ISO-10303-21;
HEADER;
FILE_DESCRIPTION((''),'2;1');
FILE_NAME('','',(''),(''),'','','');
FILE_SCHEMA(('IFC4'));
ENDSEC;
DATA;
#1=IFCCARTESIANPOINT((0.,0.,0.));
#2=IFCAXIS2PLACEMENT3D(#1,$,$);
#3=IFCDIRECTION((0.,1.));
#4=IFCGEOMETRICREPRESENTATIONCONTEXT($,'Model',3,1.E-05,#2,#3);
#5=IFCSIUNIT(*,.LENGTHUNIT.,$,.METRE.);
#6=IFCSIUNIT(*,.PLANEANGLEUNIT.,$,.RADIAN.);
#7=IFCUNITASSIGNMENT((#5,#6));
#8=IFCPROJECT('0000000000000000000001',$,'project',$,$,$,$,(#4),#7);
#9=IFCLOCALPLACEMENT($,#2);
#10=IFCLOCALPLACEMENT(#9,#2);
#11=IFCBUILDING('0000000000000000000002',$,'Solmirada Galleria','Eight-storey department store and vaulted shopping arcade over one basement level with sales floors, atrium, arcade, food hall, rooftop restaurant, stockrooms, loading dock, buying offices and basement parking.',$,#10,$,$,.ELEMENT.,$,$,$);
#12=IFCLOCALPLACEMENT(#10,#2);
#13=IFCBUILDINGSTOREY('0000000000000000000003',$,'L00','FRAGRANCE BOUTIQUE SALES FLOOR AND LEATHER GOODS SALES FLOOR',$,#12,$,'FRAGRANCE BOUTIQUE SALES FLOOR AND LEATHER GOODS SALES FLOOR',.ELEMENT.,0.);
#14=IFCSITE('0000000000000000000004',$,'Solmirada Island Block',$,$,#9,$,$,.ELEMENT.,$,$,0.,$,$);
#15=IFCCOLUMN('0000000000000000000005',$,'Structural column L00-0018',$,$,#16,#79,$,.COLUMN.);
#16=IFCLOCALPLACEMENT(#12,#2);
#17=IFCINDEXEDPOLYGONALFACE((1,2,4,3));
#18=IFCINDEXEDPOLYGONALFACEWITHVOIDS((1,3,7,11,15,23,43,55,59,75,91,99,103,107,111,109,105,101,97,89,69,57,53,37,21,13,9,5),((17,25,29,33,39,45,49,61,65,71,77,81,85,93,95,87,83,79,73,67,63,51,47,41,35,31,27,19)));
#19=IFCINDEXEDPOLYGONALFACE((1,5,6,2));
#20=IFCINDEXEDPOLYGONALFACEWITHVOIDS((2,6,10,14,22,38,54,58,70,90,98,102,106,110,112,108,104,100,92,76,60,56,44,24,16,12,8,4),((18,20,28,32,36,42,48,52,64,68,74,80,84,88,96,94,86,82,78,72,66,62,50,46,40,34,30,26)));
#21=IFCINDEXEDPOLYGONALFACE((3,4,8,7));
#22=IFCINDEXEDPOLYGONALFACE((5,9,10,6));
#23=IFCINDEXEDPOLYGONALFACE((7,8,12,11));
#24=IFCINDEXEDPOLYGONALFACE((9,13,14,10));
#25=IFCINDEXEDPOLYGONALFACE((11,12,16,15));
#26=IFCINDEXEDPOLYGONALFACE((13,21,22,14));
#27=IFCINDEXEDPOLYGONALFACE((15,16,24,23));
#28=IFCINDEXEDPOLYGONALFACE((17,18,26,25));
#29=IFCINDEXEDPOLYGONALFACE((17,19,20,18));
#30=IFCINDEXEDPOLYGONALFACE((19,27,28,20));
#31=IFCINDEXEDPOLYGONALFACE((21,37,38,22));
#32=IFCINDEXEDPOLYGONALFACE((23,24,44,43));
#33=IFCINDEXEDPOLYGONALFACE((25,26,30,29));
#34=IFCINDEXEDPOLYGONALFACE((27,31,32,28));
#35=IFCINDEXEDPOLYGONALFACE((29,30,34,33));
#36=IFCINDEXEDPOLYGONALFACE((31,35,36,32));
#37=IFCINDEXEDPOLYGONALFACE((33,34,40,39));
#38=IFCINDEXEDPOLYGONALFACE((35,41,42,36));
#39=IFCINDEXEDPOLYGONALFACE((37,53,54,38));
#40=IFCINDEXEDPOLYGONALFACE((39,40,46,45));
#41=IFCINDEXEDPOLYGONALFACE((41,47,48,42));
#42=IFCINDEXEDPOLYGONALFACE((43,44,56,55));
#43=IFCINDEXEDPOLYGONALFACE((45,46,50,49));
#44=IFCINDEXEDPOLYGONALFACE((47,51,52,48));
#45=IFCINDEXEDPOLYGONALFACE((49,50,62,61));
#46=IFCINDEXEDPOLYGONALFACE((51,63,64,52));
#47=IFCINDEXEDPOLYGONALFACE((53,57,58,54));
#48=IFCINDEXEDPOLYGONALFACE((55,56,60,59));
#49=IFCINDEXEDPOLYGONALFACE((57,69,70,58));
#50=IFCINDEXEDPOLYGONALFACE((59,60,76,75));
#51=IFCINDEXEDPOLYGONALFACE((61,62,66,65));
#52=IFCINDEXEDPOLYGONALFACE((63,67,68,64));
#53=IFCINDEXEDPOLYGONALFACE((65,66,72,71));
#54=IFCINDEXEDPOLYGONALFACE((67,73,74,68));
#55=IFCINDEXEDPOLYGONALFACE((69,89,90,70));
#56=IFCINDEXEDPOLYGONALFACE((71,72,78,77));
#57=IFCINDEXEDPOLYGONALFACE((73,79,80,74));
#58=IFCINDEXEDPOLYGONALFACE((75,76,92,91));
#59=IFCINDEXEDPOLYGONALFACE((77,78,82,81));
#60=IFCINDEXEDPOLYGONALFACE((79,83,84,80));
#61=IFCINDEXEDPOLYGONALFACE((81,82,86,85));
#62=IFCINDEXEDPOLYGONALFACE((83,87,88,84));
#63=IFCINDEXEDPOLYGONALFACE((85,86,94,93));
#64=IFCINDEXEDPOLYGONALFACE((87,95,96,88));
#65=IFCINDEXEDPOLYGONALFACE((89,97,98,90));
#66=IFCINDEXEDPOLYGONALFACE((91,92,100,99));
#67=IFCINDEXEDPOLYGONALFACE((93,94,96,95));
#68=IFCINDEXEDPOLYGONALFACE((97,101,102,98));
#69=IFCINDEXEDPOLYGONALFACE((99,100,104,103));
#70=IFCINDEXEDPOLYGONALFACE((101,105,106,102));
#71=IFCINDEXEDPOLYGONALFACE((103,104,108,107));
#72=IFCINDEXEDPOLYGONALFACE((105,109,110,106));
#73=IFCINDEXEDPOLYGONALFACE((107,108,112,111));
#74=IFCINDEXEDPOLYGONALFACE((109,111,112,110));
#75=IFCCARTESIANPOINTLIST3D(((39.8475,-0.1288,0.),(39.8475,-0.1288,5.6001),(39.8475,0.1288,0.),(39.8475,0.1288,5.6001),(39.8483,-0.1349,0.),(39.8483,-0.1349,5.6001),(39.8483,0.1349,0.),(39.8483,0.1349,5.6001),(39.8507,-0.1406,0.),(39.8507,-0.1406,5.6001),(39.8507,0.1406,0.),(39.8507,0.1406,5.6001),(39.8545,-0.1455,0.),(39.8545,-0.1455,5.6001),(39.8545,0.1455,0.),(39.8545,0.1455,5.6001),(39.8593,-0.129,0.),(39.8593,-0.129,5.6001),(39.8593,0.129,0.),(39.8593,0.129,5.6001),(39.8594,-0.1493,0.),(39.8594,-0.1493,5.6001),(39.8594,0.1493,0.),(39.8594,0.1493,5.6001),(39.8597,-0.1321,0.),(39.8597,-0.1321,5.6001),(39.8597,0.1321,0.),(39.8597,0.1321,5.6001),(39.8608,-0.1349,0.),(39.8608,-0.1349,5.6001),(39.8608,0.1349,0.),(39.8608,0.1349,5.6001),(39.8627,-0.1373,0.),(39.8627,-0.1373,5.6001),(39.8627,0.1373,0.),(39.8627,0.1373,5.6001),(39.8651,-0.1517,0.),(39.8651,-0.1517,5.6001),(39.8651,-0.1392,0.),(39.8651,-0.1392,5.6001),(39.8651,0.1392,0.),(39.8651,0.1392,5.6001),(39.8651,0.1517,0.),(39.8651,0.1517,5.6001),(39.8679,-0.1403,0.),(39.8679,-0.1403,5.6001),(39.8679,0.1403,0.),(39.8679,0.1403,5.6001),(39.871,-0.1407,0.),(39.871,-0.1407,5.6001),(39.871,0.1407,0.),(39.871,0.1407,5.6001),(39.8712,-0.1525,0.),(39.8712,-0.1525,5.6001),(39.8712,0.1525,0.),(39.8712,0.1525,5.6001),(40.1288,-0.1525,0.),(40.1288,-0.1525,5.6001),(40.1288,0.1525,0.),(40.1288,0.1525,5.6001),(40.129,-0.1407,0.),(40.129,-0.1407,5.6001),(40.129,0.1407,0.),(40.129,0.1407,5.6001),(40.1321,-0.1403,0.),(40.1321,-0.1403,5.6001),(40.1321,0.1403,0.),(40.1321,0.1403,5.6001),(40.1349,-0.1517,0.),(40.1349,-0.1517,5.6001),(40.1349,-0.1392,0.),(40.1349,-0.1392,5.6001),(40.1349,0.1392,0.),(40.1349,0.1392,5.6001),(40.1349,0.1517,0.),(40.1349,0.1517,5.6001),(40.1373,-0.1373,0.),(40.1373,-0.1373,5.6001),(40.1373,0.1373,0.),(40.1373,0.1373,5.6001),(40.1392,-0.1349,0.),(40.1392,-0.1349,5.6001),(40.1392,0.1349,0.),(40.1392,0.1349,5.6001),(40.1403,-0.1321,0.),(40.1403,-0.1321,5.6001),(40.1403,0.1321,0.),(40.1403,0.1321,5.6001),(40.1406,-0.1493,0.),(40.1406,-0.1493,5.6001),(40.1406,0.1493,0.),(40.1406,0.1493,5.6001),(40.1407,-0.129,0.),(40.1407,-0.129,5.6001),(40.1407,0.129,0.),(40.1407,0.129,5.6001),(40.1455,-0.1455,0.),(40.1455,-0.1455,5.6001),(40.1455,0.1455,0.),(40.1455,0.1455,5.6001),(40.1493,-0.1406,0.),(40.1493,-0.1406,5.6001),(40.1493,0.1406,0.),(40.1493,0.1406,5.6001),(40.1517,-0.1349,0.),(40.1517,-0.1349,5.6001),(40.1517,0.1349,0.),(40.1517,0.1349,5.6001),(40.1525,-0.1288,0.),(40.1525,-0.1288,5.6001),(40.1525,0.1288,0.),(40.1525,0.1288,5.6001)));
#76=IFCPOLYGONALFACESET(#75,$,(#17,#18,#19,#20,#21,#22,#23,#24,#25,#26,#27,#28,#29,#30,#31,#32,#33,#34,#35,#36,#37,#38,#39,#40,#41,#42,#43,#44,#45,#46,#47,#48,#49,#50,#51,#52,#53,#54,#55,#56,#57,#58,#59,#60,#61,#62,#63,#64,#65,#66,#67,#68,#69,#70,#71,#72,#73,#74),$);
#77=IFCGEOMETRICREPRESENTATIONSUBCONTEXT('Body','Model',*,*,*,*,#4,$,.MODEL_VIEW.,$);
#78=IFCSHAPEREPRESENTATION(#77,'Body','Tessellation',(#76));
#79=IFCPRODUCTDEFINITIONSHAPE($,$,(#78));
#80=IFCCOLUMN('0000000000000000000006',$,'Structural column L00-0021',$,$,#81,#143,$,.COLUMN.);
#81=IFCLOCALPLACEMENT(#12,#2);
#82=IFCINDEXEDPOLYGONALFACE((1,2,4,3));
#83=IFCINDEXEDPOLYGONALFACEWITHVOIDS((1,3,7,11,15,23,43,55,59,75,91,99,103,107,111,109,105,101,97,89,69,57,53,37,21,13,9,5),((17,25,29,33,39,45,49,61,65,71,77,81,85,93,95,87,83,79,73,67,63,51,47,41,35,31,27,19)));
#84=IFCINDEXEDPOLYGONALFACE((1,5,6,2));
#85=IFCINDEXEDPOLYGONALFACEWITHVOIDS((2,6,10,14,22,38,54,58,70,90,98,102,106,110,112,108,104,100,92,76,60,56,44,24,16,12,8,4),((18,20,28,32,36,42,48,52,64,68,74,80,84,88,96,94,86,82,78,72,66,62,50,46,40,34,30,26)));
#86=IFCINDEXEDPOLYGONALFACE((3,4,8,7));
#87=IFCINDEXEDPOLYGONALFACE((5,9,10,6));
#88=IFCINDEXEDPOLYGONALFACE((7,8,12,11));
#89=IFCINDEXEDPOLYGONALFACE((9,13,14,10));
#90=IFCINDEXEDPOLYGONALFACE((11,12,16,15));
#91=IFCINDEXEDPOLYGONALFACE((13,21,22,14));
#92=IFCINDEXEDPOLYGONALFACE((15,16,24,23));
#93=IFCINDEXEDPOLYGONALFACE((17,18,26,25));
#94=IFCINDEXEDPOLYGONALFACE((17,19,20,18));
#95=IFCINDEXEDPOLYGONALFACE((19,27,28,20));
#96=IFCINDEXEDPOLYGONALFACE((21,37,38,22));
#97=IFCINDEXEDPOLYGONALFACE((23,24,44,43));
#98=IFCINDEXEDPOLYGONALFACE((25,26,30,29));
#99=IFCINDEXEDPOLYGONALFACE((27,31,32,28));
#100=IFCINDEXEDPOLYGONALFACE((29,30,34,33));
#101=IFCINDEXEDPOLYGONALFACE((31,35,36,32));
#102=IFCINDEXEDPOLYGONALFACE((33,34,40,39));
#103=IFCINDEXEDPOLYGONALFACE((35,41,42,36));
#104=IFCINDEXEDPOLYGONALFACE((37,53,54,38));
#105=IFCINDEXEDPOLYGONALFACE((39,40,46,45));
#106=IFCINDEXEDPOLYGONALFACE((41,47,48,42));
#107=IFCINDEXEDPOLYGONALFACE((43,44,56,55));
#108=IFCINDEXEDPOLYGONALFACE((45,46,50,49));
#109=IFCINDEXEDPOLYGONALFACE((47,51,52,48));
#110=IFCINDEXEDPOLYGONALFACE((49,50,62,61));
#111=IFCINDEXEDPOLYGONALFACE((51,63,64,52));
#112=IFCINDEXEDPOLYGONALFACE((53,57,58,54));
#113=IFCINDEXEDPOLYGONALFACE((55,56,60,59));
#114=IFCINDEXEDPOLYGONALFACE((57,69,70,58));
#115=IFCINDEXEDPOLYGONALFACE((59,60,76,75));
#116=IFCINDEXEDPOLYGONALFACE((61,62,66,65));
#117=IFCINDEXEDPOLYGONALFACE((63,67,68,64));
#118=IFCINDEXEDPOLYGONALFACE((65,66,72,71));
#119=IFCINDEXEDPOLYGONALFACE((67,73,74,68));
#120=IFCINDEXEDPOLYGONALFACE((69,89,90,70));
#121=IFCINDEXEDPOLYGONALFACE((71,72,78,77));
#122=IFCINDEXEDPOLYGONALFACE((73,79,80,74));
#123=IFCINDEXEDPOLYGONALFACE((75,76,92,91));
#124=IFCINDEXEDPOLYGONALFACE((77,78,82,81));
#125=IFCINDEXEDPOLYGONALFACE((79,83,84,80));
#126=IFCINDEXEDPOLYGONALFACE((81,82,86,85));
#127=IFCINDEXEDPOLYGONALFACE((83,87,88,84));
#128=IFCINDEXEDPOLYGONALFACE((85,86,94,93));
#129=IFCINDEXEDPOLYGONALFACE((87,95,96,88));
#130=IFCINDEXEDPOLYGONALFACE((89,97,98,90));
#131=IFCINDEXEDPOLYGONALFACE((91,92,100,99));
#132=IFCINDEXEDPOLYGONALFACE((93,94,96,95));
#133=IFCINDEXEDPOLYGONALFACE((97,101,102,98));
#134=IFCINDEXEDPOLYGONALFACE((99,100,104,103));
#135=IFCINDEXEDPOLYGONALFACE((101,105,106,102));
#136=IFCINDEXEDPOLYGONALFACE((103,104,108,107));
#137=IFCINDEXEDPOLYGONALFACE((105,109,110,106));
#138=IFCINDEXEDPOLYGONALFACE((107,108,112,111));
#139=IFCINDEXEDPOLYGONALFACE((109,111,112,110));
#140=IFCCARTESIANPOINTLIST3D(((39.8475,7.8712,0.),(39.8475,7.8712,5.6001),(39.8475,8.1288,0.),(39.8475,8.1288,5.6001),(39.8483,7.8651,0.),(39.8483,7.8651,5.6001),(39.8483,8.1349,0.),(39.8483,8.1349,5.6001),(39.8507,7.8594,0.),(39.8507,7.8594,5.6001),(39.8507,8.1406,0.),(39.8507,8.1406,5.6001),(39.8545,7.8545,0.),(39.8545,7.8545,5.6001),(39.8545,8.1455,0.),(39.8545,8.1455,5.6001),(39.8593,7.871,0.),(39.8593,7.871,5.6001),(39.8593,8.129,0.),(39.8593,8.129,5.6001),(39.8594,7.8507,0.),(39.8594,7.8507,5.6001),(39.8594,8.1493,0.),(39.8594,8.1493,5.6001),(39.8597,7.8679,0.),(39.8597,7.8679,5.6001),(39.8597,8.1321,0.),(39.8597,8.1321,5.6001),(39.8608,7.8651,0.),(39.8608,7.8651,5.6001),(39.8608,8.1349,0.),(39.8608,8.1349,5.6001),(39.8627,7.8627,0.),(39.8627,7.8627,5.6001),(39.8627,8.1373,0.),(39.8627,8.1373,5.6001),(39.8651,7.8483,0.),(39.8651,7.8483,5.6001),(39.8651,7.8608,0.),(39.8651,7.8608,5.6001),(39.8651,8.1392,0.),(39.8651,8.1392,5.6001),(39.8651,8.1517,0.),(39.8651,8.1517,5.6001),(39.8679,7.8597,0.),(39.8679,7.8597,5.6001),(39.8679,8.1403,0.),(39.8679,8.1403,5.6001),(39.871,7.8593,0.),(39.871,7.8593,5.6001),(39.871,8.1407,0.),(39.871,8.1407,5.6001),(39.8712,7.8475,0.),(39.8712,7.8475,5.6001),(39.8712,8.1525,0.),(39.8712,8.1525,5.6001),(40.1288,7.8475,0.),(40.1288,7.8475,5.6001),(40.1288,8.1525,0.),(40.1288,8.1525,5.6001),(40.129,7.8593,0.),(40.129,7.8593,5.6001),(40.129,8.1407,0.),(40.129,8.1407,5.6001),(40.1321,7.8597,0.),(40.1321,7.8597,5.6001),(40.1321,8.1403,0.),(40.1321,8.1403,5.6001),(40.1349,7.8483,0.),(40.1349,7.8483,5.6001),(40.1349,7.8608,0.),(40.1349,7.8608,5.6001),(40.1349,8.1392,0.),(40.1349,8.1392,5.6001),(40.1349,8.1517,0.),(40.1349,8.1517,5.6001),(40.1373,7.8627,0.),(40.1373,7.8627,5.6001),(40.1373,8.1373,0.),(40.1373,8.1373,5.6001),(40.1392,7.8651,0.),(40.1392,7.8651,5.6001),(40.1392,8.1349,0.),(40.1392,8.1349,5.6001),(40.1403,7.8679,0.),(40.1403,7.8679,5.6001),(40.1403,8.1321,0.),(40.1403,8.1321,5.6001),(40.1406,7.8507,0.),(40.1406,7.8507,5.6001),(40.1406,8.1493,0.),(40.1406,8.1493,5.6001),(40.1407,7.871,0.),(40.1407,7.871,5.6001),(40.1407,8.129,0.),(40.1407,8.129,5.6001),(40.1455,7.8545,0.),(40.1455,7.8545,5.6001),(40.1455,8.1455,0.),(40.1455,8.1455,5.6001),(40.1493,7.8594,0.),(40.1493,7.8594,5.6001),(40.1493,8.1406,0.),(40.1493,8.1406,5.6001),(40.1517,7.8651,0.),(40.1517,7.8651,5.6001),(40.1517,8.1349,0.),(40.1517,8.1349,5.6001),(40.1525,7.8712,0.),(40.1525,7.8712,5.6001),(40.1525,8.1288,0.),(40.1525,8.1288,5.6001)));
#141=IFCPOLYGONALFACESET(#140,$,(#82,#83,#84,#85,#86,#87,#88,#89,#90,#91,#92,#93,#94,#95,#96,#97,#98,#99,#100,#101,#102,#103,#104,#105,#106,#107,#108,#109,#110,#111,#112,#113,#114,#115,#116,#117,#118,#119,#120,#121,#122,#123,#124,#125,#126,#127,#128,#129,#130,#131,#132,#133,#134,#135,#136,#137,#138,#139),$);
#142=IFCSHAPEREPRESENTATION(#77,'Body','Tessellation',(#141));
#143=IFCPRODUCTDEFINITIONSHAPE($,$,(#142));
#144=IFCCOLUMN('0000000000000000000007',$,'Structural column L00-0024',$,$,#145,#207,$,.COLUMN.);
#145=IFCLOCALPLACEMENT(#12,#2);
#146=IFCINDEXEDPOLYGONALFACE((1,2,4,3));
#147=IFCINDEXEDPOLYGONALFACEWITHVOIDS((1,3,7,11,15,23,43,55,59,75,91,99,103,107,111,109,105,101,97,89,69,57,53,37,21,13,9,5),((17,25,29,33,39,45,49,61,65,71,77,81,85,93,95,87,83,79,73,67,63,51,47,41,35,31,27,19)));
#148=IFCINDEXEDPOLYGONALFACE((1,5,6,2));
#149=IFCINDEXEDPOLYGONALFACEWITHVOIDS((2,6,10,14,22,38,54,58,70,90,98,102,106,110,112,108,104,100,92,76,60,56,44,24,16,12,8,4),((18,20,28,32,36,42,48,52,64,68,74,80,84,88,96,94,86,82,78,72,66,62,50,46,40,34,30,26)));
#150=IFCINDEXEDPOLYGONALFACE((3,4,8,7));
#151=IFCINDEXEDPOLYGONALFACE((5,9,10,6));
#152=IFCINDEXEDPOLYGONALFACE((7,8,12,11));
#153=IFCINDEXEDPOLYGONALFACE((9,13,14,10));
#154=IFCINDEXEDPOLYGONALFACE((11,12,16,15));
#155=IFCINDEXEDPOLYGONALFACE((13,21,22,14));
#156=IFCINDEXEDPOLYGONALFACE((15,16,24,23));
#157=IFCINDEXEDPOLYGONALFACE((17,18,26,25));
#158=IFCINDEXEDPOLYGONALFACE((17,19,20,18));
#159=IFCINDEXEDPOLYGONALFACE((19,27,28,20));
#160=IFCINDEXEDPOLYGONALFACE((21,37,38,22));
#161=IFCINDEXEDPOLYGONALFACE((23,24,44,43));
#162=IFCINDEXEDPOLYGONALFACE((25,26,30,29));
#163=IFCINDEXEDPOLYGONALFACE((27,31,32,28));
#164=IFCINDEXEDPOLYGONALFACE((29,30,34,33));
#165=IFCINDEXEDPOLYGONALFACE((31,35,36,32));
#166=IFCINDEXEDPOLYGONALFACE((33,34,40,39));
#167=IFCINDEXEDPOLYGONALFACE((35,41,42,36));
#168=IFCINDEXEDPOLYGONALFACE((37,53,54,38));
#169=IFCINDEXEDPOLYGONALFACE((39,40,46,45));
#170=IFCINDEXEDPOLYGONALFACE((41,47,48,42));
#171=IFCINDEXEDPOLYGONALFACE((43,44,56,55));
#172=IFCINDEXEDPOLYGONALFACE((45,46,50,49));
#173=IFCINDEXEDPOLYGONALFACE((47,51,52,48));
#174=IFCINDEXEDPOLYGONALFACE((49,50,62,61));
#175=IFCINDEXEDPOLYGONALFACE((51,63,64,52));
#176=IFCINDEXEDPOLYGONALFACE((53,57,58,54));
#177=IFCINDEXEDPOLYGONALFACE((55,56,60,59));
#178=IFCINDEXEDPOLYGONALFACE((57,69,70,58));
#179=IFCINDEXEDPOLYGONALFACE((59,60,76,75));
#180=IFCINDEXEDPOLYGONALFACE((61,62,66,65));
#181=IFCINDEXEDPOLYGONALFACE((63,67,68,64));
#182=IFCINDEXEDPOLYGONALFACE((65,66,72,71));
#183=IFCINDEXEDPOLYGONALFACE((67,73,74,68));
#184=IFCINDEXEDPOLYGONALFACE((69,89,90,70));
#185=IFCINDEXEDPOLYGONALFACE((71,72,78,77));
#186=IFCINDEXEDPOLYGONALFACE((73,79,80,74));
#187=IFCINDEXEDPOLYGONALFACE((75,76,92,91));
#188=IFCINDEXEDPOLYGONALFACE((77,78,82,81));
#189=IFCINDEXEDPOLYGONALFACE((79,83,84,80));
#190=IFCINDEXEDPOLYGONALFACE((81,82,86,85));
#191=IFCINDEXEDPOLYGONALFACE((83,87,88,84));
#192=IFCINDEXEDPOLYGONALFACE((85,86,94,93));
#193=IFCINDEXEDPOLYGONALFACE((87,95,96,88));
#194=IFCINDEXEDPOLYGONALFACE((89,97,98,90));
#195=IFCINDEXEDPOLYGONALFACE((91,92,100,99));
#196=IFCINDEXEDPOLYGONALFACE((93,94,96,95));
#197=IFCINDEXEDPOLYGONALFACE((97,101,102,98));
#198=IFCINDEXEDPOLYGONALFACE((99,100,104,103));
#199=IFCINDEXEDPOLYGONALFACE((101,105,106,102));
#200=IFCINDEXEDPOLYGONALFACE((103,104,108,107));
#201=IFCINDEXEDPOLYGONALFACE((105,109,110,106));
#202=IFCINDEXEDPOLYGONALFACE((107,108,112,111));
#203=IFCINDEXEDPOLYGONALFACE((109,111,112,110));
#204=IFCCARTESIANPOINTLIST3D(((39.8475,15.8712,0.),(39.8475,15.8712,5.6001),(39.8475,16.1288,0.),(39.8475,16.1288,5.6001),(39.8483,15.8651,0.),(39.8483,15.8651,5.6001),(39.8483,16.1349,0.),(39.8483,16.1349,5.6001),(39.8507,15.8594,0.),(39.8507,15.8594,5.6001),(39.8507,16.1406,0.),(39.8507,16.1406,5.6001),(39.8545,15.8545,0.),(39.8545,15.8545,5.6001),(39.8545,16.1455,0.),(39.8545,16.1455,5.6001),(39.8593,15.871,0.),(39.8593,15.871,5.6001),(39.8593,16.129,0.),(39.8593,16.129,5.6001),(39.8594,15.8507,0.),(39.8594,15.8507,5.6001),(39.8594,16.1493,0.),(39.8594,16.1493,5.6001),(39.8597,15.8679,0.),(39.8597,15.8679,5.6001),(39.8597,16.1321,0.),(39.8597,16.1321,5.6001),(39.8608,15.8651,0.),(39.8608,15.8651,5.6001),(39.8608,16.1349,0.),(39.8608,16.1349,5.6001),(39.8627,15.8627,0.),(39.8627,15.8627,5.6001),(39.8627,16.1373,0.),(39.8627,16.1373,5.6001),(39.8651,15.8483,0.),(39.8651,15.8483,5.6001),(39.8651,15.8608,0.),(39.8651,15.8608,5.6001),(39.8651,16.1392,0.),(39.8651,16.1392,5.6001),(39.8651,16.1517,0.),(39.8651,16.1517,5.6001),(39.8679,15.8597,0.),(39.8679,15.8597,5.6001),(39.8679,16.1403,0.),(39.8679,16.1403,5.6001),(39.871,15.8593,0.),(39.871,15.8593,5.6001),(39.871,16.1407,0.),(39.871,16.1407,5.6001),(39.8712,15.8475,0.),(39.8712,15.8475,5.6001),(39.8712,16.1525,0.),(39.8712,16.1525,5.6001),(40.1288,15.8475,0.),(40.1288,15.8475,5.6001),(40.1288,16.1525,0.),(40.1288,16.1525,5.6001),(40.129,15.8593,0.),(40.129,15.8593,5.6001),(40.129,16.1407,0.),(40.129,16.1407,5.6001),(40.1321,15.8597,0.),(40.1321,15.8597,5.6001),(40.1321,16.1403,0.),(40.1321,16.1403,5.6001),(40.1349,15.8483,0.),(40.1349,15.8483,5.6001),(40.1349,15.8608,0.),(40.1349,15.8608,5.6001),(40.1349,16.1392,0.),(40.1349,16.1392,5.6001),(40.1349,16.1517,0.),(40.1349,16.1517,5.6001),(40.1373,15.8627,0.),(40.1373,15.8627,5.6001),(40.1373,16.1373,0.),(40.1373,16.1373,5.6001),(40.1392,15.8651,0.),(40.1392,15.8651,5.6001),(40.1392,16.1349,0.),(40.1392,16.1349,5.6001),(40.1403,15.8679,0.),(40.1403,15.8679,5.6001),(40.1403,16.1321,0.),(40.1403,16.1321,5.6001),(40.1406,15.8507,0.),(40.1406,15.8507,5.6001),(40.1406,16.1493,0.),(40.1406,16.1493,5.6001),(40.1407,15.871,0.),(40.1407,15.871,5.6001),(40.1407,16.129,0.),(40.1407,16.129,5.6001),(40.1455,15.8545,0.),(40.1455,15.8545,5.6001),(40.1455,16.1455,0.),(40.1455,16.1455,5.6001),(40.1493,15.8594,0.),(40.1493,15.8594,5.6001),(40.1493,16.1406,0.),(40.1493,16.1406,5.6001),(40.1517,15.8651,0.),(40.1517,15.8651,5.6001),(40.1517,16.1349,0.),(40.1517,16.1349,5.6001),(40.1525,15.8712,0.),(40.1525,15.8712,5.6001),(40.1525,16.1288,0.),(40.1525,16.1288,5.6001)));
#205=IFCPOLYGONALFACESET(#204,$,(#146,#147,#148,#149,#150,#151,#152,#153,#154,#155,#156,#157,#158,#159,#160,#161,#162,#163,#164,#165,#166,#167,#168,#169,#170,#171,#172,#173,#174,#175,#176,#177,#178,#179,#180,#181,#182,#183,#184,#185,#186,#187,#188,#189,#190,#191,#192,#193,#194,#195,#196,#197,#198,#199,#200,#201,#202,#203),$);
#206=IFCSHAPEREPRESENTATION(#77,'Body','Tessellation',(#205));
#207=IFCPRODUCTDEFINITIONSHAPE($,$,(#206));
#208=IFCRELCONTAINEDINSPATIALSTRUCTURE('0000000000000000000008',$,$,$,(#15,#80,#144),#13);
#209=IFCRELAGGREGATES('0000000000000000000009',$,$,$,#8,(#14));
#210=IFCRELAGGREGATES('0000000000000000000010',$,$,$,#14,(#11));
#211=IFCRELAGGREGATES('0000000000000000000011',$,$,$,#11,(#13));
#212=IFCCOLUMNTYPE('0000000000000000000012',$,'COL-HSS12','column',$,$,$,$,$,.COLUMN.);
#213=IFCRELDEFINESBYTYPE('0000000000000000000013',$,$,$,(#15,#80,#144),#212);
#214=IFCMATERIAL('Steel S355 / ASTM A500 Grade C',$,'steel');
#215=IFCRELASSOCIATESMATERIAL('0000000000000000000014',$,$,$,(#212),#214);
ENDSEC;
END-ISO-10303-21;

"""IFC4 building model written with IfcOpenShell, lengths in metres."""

from ifc_helpers import new_model, si_unit, direction, frame, origin, origin_2d, place, context, subcontext, project, spatial, hollow_rectangle, extrude, material, material_profile, profile_set, type_object, element, save


model = new_model("IFC4")

# Units and contexts
model_context = context("Model", 3, precision=1e-05, world=origin(), true_north=direction((0.0, 1.0)))
body_context = subcontext(model_context, "Body", "Model", "MODEL_VIEW")
ifc_project = project(units=[si_unit("LENGTHUNIT", "METRE"), si_unit("PLANEANGLEUNIT", "RADIAN")], contexts=[model_context])

# Site, building, storey
site_placement = place(None, origin())
site = spatial("IfcSite", under=ifc_project, at=site_placement, Name="Solmirada Island Block", CompositionType="ELEMENT", RefElevation=0.0)
building_placement = place(site_placement, origin())
building = spatial("IfcBuilding", under=site, at=building_placement, Name="Solmirada Galleria", Description="Eight-storey department store and vaulted shopping arcade over one basement level with sales floors, atrium, arcade, food hall, rooftop restaurant, stockrooms, loading dock, buying offices and basement parking.", CompositionType="ELEMENT")
storey_placement = place(building_placement, origin())
storey = spatial("IfcBuildingStorey", under=building, at=storey_placement, Name="L00", Description="FRAGRANCE BOUTIQUE SALES FLOOR AND LEATHER GOODS SALES FLOOR", LongName="FRAGRANCE BOUTIQUE SALES FLOOR AND LEATHER GOODS SALES FLOOR", CompositionType="ELEMENT", Elevation=0.0)

# Columns
ifc_material_1 = material(Name="Steel S355 / ASTM A500 Grade C", Category="steel")
ifc_material_profile_1 = material_profile(ifc_material_1, hollow_rectangle(XDim=0.3049, YDim=0.3049, WallThickness=0.0117, InnerFilletRadius=0.0117, OuterFilletRadius=0.0237, at=origin_2d()), Name="HSS12X12X1/2")
ifc_profile_set_1 = profile_set([ifc_material_profile_1], Name="Steel S355 / ASTM A500 Grade C")
column_type = type_object("IfcColumnType", Name="COL-HSS12", Description="column", PredefinedType="COLUMN", material=ifc_profile_set_1)
for number, where, z_axis, x_axis, name in (
    (1, (40.0, 0.0, 0.0), (0.0, 0.0, 1.0), (1.0, 0.0, 0.0), "Structural column L00-0018"),
    (2, (40.0, 8.0, 0.0), (0.0, 0.0, 1.0), (1.0, 0.0, 0.0), "Structural column L00-0021"),
    (3, (40.0, 16.0, 0.0), (0.0, 0.0, 1.0), (1.0, 0.0, 0.0), "Structural column L00-0024"),
):
    element("IfcColumn", number, at=place(storey_placement, frame(where, z_axis=z_axis, x_axis=x_axis)), inside=storey, type_object=column_type, Name=name, PredefinedType="COLUMN", context=body_context, shape_type="SweptSolid", body=[
        extrude(hollow_rectangle(XDim=0.3049, YDim=0.3049, WallThickness=0.0117, InnerFilletRadius=0.0117, OuterFilletRadius=0.0237, at=origin_2d()), origin(), (0.0, 0.0, 1.0), 5.6001),
    ])

save(model, "model.ifc")
